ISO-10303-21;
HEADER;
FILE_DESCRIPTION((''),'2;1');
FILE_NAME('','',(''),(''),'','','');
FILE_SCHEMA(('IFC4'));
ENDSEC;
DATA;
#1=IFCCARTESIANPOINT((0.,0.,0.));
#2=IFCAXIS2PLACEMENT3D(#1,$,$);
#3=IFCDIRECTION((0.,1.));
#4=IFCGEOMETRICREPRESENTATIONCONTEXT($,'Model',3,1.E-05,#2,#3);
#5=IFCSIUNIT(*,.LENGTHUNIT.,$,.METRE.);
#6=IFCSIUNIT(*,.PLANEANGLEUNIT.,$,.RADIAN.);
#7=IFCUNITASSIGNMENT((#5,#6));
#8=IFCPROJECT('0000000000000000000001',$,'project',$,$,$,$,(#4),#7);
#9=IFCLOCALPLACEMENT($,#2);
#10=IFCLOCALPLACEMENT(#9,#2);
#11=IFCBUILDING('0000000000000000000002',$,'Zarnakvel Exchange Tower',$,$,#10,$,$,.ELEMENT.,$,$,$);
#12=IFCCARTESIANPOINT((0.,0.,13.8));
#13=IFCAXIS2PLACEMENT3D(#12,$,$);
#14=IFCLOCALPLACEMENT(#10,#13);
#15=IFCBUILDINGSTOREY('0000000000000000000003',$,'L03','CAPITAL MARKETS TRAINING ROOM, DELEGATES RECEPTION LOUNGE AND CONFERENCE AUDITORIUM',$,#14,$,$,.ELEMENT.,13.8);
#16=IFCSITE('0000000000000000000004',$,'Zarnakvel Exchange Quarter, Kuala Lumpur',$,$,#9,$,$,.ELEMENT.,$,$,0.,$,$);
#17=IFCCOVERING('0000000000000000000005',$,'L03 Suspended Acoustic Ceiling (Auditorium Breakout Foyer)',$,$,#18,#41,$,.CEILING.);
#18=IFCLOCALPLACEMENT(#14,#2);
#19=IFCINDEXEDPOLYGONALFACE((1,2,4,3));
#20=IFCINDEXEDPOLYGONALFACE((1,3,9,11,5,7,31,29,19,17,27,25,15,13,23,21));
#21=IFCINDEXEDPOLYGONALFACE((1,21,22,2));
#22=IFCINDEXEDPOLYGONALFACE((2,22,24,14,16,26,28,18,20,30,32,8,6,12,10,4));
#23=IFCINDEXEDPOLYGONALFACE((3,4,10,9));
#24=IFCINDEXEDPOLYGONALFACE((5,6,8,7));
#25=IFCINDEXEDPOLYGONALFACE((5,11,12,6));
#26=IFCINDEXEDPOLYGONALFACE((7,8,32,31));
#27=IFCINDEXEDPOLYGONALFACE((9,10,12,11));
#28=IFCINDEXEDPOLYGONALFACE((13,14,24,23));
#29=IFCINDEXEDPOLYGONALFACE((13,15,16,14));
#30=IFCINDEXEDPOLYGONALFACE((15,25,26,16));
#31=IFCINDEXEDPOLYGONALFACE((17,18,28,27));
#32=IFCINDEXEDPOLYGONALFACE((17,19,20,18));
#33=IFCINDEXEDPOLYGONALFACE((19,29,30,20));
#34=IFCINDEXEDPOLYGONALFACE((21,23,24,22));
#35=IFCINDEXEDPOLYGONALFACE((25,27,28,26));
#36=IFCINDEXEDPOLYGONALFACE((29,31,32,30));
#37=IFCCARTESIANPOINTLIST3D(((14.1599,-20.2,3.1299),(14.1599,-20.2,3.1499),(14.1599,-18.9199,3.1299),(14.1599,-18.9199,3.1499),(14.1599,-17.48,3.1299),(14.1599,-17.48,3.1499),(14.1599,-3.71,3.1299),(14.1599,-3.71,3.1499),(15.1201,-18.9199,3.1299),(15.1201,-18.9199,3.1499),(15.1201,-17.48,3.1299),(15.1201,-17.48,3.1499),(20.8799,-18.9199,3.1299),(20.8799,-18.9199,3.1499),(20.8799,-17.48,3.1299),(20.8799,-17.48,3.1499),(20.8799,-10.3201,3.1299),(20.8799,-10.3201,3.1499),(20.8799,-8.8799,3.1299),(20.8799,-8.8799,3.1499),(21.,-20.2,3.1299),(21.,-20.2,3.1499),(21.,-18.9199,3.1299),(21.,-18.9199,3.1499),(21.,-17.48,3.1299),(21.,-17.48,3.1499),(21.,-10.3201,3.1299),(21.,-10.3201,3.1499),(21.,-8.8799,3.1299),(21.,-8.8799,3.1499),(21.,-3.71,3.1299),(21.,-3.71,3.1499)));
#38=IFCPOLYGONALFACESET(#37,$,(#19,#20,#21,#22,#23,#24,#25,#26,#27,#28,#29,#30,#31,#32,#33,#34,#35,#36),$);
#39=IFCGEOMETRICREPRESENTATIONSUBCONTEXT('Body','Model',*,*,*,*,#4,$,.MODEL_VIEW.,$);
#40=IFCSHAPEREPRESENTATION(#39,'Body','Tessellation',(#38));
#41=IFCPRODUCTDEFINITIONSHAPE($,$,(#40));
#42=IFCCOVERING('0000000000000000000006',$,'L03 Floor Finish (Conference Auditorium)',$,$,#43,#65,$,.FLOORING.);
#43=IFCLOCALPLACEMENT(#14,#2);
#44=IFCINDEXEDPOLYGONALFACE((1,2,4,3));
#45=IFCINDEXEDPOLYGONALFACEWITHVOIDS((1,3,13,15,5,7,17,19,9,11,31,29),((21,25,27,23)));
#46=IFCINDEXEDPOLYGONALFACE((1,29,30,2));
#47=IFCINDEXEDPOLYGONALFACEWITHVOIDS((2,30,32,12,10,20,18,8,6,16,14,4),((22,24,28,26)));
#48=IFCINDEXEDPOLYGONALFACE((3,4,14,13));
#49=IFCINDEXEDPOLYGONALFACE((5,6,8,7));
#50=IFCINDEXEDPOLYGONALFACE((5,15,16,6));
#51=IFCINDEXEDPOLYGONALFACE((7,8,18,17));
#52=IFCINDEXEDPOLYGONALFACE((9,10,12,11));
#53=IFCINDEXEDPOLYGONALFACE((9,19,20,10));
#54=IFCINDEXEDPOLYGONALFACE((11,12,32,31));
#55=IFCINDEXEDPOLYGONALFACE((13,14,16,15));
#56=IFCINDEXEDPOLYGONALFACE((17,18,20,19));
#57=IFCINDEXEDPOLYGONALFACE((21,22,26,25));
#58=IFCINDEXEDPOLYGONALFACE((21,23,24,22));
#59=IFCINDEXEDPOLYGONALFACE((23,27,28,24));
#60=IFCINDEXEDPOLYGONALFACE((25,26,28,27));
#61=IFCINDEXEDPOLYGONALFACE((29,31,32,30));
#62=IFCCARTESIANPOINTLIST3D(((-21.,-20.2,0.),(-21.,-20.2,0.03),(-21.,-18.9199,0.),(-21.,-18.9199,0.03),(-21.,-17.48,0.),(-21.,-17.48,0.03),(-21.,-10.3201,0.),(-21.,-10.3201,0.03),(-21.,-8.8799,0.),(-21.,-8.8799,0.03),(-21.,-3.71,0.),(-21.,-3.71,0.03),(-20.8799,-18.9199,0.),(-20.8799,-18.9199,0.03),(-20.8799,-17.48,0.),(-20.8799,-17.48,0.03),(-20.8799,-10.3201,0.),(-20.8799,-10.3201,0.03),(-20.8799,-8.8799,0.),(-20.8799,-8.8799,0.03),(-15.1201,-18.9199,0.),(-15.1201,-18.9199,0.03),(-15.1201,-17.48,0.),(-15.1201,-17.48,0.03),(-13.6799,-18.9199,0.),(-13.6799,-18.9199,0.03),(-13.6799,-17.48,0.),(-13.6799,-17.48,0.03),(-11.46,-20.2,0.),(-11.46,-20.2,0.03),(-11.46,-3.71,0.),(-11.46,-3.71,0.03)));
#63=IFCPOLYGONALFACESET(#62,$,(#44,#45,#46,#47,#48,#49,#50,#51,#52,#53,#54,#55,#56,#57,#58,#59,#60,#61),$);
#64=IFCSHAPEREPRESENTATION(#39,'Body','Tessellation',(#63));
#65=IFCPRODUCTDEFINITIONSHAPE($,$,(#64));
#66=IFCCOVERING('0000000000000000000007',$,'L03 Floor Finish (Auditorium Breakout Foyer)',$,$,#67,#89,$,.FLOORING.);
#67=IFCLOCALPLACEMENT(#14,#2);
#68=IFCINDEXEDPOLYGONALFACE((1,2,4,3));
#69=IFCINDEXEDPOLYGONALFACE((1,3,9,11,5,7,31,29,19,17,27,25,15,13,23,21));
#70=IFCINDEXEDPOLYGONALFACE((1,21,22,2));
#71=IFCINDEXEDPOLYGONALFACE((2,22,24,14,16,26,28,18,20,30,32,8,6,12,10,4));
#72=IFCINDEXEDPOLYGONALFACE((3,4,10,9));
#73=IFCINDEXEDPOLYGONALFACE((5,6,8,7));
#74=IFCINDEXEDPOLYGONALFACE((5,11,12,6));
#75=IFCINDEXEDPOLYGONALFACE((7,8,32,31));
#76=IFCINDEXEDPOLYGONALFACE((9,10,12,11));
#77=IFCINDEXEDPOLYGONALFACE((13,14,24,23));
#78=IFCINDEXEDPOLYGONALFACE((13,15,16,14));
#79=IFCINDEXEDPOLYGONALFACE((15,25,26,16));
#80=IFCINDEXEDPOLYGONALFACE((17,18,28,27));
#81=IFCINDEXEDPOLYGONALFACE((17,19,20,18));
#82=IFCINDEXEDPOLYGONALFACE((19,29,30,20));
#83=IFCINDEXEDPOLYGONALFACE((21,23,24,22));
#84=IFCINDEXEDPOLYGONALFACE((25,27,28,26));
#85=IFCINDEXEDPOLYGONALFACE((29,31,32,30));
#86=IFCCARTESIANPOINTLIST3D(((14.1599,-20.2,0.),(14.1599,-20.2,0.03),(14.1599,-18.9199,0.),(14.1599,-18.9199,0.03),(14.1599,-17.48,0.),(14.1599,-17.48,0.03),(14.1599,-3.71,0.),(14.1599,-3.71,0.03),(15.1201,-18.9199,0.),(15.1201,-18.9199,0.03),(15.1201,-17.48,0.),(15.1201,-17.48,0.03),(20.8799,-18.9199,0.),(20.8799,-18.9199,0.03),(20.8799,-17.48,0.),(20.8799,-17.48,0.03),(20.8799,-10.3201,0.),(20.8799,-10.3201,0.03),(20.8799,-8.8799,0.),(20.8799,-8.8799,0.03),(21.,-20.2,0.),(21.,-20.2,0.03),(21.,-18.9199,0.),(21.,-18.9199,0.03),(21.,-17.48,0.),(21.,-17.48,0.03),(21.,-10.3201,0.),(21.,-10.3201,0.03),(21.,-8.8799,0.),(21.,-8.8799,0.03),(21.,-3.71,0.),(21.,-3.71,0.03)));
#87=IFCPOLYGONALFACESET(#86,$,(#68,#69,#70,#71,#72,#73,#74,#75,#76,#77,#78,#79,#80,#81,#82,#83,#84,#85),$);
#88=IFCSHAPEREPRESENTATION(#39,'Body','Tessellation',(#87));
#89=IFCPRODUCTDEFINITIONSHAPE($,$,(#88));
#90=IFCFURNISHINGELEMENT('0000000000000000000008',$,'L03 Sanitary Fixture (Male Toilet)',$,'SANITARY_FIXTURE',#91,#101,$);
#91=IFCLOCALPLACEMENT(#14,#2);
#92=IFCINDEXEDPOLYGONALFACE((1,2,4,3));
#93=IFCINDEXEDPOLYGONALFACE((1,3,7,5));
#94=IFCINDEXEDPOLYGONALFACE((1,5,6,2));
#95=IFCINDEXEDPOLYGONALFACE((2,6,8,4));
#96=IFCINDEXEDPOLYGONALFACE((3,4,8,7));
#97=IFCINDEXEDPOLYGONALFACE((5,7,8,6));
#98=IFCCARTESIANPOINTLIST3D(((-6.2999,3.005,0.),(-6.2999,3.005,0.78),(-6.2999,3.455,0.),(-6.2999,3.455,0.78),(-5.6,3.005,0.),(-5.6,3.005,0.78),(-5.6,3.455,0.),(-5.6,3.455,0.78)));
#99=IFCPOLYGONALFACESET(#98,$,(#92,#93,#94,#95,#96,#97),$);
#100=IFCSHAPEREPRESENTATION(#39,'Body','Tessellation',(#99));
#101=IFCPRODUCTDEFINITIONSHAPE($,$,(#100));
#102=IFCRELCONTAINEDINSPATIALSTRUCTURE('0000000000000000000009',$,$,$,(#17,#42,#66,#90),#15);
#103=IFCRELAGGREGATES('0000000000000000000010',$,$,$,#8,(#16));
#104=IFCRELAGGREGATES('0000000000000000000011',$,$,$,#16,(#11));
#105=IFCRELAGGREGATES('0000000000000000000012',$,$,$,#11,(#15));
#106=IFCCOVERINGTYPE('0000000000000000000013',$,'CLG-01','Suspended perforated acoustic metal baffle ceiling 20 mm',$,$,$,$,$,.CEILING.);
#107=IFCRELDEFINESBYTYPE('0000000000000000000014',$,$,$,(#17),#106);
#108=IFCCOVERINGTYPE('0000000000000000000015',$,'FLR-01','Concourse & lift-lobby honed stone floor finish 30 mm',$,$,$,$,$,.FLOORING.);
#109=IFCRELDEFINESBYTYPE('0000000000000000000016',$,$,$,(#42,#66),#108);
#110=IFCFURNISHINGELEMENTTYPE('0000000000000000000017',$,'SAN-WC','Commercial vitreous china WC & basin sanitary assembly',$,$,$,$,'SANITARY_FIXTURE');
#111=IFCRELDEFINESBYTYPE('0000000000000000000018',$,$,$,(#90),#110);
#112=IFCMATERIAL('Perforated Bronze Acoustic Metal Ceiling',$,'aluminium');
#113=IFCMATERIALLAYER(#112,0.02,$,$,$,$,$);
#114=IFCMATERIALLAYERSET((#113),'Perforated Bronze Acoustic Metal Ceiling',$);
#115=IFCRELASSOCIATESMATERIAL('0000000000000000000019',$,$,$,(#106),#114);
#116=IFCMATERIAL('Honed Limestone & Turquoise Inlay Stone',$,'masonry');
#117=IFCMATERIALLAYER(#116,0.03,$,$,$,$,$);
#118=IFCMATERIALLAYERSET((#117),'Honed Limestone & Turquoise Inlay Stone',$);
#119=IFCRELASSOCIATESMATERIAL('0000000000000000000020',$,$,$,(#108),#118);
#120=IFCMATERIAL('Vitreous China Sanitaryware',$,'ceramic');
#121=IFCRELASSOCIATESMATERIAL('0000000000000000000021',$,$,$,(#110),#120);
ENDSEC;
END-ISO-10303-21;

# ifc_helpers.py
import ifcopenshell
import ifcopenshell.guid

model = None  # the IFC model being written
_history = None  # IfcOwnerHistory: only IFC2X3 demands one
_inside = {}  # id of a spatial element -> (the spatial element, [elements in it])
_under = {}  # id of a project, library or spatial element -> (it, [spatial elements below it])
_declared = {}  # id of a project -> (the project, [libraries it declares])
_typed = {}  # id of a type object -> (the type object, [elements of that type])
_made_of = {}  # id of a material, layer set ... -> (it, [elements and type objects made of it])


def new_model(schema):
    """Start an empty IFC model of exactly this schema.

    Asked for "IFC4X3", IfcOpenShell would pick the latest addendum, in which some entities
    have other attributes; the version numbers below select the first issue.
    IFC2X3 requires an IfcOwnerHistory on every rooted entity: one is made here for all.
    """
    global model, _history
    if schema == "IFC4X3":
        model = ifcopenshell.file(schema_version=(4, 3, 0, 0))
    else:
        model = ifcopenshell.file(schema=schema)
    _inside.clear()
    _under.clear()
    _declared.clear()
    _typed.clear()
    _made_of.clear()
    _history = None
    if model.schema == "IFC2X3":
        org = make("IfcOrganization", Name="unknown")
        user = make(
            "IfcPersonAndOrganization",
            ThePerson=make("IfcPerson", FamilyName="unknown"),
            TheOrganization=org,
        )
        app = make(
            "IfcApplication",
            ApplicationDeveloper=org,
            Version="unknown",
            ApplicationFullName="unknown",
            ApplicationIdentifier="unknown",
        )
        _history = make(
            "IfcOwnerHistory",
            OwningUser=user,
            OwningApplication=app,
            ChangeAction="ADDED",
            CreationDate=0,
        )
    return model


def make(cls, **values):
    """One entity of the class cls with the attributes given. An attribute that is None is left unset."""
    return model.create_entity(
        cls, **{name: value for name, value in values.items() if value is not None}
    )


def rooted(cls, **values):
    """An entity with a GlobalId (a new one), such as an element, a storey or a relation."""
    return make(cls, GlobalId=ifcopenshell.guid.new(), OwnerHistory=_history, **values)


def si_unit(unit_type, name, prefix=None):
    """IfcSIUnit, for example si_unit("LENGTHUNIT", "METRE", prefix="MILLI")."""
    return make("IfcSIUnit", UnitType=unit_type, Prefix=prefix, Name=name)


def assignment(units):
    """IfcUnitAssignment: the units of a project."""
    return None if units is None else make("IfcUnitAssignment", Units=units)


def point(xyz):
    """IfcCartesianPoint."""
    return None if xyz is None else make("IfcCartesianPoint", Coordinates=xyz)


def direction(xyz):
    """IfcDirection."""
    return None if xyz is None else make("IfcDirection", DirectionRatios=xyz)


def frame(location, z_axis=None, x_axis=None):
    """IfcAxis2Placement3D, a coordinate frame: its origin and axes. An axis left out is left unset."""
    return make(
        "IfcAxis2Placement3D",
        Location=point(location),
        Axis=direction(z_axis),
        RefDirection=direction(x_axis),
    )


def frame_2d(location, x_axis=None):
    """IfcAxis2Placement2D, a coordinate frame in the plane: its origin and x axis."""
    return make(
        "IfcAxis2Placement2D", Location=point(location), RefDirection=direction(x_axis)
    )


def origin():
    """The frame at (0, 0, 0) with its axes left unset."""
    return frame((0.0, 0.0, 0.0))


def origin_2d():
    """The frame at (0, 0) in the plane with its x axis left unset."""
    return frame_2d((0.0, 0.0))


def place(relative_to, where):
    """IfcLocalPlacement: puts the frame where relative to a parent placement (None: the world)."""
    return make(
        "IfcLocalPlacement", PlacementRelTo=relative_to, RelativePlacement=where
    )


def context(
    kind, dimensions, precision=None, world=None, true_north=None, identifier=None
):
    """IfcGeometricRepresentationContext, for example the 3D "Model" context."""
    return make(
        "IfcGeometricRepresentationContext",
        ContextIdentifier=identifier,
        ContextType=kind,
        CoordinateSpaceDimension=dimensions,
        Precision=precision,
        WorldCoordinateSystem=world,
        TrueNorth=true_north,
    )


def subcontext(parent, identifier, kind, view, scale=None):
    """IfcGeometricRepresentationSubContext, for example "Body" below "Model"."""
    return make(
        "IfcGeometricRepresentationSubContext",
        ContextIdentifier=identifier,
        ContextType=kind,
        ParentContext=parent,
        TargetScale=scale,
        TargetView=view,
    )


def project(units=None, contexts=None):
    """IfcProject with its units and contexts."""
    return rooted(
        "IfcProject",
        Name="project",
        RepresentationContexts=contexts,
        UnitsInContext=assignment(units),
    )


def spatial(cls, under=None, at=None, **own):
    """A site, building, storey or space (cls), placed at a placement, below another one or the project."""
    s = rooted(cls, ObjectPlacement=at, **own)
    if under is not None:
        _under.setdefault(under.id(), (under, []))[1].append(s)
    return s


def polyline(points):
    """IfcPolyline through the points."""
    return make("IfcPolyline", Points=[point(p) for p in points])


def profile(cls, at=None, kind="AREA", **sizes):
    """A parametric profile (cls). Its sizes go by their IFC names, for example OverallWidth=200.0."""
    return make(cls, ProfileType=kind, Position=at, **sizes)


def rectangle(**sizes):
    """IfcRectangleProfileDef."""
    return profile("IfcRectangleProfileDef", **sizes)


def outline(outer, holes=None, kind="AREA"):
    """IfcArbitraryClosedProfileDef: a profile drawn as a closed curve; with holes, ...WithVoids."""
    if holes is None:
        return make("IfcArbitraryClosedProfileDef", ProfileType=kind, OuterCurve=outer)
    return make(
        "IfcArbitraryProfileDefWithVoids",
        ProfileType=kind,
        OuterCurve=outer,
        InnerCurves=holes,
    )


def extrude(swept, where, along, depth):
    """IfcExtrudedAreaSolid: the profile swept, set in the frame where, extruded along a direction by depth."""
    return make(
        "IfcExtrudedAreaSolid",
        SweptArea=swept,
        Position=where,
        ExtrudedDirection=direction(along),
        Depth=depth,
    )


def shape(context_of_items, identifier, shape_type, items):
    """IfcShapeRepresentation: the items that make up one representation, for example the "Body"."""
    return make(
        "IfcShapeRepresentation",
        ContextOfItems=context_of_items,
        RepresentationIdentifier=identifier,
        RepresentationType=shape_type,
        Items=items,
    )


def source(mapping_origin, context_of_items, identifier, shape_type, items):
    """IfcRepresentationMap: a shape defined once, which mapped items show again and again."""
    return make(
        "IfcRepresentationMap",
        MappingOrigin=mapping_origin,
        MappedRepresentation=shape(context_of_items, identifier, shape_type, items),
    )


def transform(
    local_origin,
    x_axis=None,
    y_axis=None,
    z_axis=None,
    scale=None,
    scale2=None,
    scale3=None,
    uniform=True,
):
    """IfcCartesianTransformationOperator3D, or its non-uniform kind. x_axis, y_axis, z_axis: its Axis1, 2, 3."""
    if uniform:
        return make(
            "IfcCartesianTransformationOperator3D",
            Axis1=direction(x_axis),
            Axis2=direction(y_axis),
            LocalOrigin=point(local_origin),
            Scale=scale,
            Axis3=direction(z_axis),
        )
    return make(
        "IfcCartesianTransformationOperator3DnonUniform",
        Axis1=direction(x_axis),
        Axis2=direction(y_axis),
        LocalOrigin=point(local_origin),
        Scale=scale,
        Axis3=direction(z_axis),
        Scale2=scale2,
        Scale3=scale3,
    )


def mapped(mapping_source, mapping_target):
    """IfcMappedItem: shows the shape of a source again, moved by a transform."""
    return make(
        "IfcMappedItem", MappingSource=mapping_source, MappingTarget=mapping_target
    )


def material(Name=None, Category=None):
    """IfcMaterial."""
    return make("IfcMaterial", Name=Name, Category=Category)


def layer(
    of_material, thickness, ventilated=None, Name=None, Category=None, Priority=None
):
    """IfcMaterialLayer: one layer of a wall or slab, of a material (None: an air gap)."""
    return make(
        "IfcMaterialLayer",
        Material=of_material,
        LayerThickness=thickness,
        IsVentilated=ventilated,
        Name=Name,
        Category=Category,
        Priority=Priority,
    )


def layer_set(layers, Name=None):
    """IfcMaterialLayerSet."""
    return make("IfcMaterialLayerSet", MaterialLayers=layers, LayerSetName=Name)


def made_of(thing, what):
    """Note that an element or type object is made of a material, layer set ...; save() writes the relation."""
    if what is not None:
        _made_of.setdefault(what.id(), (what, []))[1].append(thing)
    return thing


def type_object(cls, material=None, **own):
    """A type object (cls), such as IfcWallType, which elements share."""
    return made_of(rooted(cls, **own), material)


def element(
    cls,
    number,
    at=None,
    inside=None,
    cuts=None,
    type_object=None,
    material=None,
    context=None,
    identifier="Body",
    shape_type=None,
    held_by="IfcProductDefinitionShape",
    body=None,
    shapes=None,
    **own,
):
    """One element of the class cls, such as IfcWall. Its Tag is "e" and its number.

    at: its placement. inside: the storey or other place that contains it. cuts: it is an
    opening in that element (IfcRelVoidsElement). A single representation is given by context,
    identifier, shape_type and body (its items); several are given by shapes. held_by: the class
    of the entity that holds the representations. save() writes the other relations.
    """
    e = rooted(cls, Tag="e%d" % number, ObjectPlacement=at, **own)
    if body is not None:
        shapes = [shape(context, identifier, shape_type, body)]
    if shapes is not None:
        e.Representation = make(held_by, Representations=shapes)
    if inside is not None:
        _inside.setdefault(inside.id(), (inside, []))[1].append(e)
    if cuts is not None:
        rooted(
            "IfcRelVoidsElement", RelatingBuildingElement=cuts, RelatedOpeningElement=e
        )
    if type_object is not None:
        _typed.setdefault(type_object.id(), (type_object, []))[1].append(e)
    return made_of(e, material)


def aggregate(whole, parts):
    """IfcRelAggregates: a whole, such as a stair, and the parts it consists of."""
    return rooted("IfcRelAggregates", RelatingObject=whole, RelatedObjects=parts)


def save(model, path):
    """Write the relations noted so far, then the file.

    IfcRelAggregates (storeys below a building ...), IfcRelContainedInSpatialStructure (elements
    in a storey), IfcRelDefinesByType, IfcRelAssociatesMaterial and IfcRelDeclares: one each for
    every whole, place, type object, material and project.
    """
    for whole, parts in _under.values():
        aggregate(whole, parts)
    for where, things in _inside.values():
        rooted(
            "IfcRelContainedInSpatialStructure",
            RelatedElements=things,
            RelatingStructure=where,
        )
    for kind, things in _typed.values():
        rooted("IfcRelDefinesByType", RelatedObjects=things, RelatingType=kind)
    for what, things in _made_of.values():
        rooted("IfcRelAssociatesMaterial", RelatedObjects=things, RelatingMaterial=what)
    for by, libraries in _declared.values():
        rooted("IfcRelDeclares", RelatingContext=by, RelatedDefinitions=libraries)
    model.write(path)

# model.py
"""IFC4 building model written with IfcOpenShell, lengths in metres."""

from ifc_helpers import new_model, si_unit, direction, frame, origin, origin_2d, place, context, subcontext, project, spatial, polyline, rectangle, outline, extrude, source, transform, mapped, material, layer, layer_set, type_object, element, save


model = new_model("IFC4")

# Units and contexts
model_context = context("Model", 3, precision=1e-05, world=origin(), true_north=direction((0.0, 1.0)))
body_context = subcontext(model_context, "Body", "Model", "MODEL_VIEW")
ifc_project = project(units=[si_unit("LENGTHUNIT", "METRE"), si_unit("PLANEANGLEUNIT", "RADIAN")], contexts=[model_context])

# Site, building, storey
site_placement = place(None, origin())
site = spatial("IfcSite", under=ifc_project, at=site_placement, Name="Zarnakvel Exchange Quarter, Kuala Lumpur", CompositionType="ELEMENT", RefElevation=0.0)
building_placement = place(site_placement, origin())
building = spatial("IfcBuilding", under=site, at=building_placement, Name="Zarnakvel Exchange Tower", CompositionType="ELEMENT")
storey_placement = place(building_placement, frame((0.0, 0.0, 13.8)))
storey = spatial("IfcBuildingStorey", under=building, at=storey_placement, Name="L03", Description="CAPITAL MARKETS TRAINING ROOM, DELEGATES RECEPTION LOUNGE AND CONFERENCE AUDITORIUM", CompositionType="ELEMENT", Elevation=13.8)

# Coverings
ifc_material_1 = material(Name="Perforated Bronze Acoustic Metal Ceiling", Category="aluminium")
ifc_layer_1 = layer(ifc_material_1, 0.02)
ifc_layer_set_1 = layer_set([ifc_layer_1], Name="Perforated Bronze Acoustic Metal Ceiling")
covering_type_1 = type_object("IfcCoveringType", Name="CLG-01", Description="Suspended perforated acoustic metal baffle ceiling 20 mm", PredefinedType="CEILING", material=ifc_layer_set_1)
covering_1_placement = place(storey_placement, frame((0.0, 0.0, 3.1299)))
element("IfcCovering", 1, at=covering_1_placement, inside=storey, type_object=covering_type_1, Name="L03 Suspended Acoustic Ceiling (Auditorium Breakout Foyer)", PredefinedType="CEILING", context=body_context, shape_type="SweptSolid", body=[
    extrude(outline(polyline([(21.0, -3.71), (21.0, -8.8799), (20.8799, -8.8799), (20.8799, -10.3201), (21.0, -10.3201), (21.0, -17.48), (20.8799, -17.48), (20.8799, -18.9199), (21.0, -18.9199), (21.0, -20.2), (14.1599, -20.2), (14.1599, -18.9199), (15.1201, -18.9199), (15.1201, -17.48), (14.1599, -17.48), (14.1599, -3.71), (21.0, -3.71)])), origin(), (0.0, 0.0, 1.0), 0.02),
])
ifc_material_2 = material(Name="Honed Limestone & Turquoise Inlay Stone", Category="masonry")
ifc_layer_2 = layer(ifc_material_2, 0.03)
ifc_layer_set_2 = layer_set([ifc_layer_2], Name="Honed Limestone & Turquoise Inlay Stone")
covering_type_2 = type_object("IfcCoveringType", Name="FLR-01", Description="Concourse & lift-lobby honed stone floor finish 30 mm", PredefinedType="FLOORING", material=ifc_layer_set_2)
covering_2_placement = place(storey_placement, origin())
element("IfcCovering", 2, at=covering_2_placement, inside=storey, type_object=covering_type_2, Name="L03 Floor Finish (Conference Auditorium)", PredefinedType="FLOORING", context=body_context, shape_type="SweptSolid", body=[
    extrude(outline(polyline([(-11.46, -3.71), (-11.46, -20.2), (-21.0, -20.2), (-21.0, -18.9199), (-20.8799, -18.9199), (-20.8799, -17.48), (-21.0, -17.48), (-21.0, -10.3201), (-20.8799, -10.3201), (-20.8799, -8.8799), (-21.0, -8.8799), (-21.0, -3.71), (-11.46, -3.71)]), holes=[polyline([(-13.6799, -18.9199), (-13.6799, -17.48), (-15.1201, -17.48), (-15.1201, -18.9199), (-13.6799, -18.9199)])]), origin(), (0.0, 0.0, 1.0), 0.03),
])
covering_3_placement = place(storey_placement, origin())
element("IfcCovering", 3, at=covering_3_placement, inside=storey, type_object=covering_type_2, Name="L03 Floor Finish (Auditorium Breakout Foyer)", PredefinedType="FLOORING", context=body_context, shape_type="SweptSolid", body=[
    extrude(outline(polyline([(21.0, -3.71), (21.0, -8.8799), (20.8799, -8.8799), (20.8799, -10.3201), (21.0, -10.3201), (21.0, -17.48), (20.8799, -17.48), (20.8799, -18.9199), (21.0, -18.9199), (21.0, -20.2), (14.1599, -20.2), (14.1599, -18.9199), (15.1201, -18.9199), (15.1201, -17.48), (14.1599, -17.48), (14.1599, -3.71), (21.0, -3.71)])), origin(), (0.0, 0.0, 1.0), 0.03),
])

# Furnishing element
ifc_material_3 = material(Name="Vitreous China Sanitaryware", Category="ceramic")
furnishing_element_type = type_object("IfcFurnishingElementType", Name="SAN-WC", Description="Commercial vitreous china WC & basin sanitary assembly", ElementType="SANITARY_FIXTURE", material=ifc_material_3)
shared_shape_1 = source(origin(), body_context, "Body", "SweptSolid", [
    extrude(rectangle(XDim=0.7, YDim=0.45, at=origin_2d()), origin(), (0.0, 0.0, 1.0), 0.78),
])
furnishing_placement = place(storey_placement, frame((-5.95, 3.23, 0.0), z_axis=(0.0, 0.0, 1.0), x_axis=(1.0, 0.0, 0.0)))
element("IfcFurnishingElement", 4, at=furnishing_placement, inside=storey, type_object=furnishing_element_type, Name="L03 Sanitary Fixture (Male Toilet)", ObjectType="SANITARY_FIXTURE", context=body_context, shape_type="MappedRepresentation", body=[
    mapped(shared_shape_1, transform((0.0, 0.0, 0.0), x_axis=(1.0, 0.0, 0.0), y_axis=(0.0, 1.0, 0.0), z_axis=(0.0, 0.0, 1.0), scale=1.0)),
])

save(model, "model.ifc")
